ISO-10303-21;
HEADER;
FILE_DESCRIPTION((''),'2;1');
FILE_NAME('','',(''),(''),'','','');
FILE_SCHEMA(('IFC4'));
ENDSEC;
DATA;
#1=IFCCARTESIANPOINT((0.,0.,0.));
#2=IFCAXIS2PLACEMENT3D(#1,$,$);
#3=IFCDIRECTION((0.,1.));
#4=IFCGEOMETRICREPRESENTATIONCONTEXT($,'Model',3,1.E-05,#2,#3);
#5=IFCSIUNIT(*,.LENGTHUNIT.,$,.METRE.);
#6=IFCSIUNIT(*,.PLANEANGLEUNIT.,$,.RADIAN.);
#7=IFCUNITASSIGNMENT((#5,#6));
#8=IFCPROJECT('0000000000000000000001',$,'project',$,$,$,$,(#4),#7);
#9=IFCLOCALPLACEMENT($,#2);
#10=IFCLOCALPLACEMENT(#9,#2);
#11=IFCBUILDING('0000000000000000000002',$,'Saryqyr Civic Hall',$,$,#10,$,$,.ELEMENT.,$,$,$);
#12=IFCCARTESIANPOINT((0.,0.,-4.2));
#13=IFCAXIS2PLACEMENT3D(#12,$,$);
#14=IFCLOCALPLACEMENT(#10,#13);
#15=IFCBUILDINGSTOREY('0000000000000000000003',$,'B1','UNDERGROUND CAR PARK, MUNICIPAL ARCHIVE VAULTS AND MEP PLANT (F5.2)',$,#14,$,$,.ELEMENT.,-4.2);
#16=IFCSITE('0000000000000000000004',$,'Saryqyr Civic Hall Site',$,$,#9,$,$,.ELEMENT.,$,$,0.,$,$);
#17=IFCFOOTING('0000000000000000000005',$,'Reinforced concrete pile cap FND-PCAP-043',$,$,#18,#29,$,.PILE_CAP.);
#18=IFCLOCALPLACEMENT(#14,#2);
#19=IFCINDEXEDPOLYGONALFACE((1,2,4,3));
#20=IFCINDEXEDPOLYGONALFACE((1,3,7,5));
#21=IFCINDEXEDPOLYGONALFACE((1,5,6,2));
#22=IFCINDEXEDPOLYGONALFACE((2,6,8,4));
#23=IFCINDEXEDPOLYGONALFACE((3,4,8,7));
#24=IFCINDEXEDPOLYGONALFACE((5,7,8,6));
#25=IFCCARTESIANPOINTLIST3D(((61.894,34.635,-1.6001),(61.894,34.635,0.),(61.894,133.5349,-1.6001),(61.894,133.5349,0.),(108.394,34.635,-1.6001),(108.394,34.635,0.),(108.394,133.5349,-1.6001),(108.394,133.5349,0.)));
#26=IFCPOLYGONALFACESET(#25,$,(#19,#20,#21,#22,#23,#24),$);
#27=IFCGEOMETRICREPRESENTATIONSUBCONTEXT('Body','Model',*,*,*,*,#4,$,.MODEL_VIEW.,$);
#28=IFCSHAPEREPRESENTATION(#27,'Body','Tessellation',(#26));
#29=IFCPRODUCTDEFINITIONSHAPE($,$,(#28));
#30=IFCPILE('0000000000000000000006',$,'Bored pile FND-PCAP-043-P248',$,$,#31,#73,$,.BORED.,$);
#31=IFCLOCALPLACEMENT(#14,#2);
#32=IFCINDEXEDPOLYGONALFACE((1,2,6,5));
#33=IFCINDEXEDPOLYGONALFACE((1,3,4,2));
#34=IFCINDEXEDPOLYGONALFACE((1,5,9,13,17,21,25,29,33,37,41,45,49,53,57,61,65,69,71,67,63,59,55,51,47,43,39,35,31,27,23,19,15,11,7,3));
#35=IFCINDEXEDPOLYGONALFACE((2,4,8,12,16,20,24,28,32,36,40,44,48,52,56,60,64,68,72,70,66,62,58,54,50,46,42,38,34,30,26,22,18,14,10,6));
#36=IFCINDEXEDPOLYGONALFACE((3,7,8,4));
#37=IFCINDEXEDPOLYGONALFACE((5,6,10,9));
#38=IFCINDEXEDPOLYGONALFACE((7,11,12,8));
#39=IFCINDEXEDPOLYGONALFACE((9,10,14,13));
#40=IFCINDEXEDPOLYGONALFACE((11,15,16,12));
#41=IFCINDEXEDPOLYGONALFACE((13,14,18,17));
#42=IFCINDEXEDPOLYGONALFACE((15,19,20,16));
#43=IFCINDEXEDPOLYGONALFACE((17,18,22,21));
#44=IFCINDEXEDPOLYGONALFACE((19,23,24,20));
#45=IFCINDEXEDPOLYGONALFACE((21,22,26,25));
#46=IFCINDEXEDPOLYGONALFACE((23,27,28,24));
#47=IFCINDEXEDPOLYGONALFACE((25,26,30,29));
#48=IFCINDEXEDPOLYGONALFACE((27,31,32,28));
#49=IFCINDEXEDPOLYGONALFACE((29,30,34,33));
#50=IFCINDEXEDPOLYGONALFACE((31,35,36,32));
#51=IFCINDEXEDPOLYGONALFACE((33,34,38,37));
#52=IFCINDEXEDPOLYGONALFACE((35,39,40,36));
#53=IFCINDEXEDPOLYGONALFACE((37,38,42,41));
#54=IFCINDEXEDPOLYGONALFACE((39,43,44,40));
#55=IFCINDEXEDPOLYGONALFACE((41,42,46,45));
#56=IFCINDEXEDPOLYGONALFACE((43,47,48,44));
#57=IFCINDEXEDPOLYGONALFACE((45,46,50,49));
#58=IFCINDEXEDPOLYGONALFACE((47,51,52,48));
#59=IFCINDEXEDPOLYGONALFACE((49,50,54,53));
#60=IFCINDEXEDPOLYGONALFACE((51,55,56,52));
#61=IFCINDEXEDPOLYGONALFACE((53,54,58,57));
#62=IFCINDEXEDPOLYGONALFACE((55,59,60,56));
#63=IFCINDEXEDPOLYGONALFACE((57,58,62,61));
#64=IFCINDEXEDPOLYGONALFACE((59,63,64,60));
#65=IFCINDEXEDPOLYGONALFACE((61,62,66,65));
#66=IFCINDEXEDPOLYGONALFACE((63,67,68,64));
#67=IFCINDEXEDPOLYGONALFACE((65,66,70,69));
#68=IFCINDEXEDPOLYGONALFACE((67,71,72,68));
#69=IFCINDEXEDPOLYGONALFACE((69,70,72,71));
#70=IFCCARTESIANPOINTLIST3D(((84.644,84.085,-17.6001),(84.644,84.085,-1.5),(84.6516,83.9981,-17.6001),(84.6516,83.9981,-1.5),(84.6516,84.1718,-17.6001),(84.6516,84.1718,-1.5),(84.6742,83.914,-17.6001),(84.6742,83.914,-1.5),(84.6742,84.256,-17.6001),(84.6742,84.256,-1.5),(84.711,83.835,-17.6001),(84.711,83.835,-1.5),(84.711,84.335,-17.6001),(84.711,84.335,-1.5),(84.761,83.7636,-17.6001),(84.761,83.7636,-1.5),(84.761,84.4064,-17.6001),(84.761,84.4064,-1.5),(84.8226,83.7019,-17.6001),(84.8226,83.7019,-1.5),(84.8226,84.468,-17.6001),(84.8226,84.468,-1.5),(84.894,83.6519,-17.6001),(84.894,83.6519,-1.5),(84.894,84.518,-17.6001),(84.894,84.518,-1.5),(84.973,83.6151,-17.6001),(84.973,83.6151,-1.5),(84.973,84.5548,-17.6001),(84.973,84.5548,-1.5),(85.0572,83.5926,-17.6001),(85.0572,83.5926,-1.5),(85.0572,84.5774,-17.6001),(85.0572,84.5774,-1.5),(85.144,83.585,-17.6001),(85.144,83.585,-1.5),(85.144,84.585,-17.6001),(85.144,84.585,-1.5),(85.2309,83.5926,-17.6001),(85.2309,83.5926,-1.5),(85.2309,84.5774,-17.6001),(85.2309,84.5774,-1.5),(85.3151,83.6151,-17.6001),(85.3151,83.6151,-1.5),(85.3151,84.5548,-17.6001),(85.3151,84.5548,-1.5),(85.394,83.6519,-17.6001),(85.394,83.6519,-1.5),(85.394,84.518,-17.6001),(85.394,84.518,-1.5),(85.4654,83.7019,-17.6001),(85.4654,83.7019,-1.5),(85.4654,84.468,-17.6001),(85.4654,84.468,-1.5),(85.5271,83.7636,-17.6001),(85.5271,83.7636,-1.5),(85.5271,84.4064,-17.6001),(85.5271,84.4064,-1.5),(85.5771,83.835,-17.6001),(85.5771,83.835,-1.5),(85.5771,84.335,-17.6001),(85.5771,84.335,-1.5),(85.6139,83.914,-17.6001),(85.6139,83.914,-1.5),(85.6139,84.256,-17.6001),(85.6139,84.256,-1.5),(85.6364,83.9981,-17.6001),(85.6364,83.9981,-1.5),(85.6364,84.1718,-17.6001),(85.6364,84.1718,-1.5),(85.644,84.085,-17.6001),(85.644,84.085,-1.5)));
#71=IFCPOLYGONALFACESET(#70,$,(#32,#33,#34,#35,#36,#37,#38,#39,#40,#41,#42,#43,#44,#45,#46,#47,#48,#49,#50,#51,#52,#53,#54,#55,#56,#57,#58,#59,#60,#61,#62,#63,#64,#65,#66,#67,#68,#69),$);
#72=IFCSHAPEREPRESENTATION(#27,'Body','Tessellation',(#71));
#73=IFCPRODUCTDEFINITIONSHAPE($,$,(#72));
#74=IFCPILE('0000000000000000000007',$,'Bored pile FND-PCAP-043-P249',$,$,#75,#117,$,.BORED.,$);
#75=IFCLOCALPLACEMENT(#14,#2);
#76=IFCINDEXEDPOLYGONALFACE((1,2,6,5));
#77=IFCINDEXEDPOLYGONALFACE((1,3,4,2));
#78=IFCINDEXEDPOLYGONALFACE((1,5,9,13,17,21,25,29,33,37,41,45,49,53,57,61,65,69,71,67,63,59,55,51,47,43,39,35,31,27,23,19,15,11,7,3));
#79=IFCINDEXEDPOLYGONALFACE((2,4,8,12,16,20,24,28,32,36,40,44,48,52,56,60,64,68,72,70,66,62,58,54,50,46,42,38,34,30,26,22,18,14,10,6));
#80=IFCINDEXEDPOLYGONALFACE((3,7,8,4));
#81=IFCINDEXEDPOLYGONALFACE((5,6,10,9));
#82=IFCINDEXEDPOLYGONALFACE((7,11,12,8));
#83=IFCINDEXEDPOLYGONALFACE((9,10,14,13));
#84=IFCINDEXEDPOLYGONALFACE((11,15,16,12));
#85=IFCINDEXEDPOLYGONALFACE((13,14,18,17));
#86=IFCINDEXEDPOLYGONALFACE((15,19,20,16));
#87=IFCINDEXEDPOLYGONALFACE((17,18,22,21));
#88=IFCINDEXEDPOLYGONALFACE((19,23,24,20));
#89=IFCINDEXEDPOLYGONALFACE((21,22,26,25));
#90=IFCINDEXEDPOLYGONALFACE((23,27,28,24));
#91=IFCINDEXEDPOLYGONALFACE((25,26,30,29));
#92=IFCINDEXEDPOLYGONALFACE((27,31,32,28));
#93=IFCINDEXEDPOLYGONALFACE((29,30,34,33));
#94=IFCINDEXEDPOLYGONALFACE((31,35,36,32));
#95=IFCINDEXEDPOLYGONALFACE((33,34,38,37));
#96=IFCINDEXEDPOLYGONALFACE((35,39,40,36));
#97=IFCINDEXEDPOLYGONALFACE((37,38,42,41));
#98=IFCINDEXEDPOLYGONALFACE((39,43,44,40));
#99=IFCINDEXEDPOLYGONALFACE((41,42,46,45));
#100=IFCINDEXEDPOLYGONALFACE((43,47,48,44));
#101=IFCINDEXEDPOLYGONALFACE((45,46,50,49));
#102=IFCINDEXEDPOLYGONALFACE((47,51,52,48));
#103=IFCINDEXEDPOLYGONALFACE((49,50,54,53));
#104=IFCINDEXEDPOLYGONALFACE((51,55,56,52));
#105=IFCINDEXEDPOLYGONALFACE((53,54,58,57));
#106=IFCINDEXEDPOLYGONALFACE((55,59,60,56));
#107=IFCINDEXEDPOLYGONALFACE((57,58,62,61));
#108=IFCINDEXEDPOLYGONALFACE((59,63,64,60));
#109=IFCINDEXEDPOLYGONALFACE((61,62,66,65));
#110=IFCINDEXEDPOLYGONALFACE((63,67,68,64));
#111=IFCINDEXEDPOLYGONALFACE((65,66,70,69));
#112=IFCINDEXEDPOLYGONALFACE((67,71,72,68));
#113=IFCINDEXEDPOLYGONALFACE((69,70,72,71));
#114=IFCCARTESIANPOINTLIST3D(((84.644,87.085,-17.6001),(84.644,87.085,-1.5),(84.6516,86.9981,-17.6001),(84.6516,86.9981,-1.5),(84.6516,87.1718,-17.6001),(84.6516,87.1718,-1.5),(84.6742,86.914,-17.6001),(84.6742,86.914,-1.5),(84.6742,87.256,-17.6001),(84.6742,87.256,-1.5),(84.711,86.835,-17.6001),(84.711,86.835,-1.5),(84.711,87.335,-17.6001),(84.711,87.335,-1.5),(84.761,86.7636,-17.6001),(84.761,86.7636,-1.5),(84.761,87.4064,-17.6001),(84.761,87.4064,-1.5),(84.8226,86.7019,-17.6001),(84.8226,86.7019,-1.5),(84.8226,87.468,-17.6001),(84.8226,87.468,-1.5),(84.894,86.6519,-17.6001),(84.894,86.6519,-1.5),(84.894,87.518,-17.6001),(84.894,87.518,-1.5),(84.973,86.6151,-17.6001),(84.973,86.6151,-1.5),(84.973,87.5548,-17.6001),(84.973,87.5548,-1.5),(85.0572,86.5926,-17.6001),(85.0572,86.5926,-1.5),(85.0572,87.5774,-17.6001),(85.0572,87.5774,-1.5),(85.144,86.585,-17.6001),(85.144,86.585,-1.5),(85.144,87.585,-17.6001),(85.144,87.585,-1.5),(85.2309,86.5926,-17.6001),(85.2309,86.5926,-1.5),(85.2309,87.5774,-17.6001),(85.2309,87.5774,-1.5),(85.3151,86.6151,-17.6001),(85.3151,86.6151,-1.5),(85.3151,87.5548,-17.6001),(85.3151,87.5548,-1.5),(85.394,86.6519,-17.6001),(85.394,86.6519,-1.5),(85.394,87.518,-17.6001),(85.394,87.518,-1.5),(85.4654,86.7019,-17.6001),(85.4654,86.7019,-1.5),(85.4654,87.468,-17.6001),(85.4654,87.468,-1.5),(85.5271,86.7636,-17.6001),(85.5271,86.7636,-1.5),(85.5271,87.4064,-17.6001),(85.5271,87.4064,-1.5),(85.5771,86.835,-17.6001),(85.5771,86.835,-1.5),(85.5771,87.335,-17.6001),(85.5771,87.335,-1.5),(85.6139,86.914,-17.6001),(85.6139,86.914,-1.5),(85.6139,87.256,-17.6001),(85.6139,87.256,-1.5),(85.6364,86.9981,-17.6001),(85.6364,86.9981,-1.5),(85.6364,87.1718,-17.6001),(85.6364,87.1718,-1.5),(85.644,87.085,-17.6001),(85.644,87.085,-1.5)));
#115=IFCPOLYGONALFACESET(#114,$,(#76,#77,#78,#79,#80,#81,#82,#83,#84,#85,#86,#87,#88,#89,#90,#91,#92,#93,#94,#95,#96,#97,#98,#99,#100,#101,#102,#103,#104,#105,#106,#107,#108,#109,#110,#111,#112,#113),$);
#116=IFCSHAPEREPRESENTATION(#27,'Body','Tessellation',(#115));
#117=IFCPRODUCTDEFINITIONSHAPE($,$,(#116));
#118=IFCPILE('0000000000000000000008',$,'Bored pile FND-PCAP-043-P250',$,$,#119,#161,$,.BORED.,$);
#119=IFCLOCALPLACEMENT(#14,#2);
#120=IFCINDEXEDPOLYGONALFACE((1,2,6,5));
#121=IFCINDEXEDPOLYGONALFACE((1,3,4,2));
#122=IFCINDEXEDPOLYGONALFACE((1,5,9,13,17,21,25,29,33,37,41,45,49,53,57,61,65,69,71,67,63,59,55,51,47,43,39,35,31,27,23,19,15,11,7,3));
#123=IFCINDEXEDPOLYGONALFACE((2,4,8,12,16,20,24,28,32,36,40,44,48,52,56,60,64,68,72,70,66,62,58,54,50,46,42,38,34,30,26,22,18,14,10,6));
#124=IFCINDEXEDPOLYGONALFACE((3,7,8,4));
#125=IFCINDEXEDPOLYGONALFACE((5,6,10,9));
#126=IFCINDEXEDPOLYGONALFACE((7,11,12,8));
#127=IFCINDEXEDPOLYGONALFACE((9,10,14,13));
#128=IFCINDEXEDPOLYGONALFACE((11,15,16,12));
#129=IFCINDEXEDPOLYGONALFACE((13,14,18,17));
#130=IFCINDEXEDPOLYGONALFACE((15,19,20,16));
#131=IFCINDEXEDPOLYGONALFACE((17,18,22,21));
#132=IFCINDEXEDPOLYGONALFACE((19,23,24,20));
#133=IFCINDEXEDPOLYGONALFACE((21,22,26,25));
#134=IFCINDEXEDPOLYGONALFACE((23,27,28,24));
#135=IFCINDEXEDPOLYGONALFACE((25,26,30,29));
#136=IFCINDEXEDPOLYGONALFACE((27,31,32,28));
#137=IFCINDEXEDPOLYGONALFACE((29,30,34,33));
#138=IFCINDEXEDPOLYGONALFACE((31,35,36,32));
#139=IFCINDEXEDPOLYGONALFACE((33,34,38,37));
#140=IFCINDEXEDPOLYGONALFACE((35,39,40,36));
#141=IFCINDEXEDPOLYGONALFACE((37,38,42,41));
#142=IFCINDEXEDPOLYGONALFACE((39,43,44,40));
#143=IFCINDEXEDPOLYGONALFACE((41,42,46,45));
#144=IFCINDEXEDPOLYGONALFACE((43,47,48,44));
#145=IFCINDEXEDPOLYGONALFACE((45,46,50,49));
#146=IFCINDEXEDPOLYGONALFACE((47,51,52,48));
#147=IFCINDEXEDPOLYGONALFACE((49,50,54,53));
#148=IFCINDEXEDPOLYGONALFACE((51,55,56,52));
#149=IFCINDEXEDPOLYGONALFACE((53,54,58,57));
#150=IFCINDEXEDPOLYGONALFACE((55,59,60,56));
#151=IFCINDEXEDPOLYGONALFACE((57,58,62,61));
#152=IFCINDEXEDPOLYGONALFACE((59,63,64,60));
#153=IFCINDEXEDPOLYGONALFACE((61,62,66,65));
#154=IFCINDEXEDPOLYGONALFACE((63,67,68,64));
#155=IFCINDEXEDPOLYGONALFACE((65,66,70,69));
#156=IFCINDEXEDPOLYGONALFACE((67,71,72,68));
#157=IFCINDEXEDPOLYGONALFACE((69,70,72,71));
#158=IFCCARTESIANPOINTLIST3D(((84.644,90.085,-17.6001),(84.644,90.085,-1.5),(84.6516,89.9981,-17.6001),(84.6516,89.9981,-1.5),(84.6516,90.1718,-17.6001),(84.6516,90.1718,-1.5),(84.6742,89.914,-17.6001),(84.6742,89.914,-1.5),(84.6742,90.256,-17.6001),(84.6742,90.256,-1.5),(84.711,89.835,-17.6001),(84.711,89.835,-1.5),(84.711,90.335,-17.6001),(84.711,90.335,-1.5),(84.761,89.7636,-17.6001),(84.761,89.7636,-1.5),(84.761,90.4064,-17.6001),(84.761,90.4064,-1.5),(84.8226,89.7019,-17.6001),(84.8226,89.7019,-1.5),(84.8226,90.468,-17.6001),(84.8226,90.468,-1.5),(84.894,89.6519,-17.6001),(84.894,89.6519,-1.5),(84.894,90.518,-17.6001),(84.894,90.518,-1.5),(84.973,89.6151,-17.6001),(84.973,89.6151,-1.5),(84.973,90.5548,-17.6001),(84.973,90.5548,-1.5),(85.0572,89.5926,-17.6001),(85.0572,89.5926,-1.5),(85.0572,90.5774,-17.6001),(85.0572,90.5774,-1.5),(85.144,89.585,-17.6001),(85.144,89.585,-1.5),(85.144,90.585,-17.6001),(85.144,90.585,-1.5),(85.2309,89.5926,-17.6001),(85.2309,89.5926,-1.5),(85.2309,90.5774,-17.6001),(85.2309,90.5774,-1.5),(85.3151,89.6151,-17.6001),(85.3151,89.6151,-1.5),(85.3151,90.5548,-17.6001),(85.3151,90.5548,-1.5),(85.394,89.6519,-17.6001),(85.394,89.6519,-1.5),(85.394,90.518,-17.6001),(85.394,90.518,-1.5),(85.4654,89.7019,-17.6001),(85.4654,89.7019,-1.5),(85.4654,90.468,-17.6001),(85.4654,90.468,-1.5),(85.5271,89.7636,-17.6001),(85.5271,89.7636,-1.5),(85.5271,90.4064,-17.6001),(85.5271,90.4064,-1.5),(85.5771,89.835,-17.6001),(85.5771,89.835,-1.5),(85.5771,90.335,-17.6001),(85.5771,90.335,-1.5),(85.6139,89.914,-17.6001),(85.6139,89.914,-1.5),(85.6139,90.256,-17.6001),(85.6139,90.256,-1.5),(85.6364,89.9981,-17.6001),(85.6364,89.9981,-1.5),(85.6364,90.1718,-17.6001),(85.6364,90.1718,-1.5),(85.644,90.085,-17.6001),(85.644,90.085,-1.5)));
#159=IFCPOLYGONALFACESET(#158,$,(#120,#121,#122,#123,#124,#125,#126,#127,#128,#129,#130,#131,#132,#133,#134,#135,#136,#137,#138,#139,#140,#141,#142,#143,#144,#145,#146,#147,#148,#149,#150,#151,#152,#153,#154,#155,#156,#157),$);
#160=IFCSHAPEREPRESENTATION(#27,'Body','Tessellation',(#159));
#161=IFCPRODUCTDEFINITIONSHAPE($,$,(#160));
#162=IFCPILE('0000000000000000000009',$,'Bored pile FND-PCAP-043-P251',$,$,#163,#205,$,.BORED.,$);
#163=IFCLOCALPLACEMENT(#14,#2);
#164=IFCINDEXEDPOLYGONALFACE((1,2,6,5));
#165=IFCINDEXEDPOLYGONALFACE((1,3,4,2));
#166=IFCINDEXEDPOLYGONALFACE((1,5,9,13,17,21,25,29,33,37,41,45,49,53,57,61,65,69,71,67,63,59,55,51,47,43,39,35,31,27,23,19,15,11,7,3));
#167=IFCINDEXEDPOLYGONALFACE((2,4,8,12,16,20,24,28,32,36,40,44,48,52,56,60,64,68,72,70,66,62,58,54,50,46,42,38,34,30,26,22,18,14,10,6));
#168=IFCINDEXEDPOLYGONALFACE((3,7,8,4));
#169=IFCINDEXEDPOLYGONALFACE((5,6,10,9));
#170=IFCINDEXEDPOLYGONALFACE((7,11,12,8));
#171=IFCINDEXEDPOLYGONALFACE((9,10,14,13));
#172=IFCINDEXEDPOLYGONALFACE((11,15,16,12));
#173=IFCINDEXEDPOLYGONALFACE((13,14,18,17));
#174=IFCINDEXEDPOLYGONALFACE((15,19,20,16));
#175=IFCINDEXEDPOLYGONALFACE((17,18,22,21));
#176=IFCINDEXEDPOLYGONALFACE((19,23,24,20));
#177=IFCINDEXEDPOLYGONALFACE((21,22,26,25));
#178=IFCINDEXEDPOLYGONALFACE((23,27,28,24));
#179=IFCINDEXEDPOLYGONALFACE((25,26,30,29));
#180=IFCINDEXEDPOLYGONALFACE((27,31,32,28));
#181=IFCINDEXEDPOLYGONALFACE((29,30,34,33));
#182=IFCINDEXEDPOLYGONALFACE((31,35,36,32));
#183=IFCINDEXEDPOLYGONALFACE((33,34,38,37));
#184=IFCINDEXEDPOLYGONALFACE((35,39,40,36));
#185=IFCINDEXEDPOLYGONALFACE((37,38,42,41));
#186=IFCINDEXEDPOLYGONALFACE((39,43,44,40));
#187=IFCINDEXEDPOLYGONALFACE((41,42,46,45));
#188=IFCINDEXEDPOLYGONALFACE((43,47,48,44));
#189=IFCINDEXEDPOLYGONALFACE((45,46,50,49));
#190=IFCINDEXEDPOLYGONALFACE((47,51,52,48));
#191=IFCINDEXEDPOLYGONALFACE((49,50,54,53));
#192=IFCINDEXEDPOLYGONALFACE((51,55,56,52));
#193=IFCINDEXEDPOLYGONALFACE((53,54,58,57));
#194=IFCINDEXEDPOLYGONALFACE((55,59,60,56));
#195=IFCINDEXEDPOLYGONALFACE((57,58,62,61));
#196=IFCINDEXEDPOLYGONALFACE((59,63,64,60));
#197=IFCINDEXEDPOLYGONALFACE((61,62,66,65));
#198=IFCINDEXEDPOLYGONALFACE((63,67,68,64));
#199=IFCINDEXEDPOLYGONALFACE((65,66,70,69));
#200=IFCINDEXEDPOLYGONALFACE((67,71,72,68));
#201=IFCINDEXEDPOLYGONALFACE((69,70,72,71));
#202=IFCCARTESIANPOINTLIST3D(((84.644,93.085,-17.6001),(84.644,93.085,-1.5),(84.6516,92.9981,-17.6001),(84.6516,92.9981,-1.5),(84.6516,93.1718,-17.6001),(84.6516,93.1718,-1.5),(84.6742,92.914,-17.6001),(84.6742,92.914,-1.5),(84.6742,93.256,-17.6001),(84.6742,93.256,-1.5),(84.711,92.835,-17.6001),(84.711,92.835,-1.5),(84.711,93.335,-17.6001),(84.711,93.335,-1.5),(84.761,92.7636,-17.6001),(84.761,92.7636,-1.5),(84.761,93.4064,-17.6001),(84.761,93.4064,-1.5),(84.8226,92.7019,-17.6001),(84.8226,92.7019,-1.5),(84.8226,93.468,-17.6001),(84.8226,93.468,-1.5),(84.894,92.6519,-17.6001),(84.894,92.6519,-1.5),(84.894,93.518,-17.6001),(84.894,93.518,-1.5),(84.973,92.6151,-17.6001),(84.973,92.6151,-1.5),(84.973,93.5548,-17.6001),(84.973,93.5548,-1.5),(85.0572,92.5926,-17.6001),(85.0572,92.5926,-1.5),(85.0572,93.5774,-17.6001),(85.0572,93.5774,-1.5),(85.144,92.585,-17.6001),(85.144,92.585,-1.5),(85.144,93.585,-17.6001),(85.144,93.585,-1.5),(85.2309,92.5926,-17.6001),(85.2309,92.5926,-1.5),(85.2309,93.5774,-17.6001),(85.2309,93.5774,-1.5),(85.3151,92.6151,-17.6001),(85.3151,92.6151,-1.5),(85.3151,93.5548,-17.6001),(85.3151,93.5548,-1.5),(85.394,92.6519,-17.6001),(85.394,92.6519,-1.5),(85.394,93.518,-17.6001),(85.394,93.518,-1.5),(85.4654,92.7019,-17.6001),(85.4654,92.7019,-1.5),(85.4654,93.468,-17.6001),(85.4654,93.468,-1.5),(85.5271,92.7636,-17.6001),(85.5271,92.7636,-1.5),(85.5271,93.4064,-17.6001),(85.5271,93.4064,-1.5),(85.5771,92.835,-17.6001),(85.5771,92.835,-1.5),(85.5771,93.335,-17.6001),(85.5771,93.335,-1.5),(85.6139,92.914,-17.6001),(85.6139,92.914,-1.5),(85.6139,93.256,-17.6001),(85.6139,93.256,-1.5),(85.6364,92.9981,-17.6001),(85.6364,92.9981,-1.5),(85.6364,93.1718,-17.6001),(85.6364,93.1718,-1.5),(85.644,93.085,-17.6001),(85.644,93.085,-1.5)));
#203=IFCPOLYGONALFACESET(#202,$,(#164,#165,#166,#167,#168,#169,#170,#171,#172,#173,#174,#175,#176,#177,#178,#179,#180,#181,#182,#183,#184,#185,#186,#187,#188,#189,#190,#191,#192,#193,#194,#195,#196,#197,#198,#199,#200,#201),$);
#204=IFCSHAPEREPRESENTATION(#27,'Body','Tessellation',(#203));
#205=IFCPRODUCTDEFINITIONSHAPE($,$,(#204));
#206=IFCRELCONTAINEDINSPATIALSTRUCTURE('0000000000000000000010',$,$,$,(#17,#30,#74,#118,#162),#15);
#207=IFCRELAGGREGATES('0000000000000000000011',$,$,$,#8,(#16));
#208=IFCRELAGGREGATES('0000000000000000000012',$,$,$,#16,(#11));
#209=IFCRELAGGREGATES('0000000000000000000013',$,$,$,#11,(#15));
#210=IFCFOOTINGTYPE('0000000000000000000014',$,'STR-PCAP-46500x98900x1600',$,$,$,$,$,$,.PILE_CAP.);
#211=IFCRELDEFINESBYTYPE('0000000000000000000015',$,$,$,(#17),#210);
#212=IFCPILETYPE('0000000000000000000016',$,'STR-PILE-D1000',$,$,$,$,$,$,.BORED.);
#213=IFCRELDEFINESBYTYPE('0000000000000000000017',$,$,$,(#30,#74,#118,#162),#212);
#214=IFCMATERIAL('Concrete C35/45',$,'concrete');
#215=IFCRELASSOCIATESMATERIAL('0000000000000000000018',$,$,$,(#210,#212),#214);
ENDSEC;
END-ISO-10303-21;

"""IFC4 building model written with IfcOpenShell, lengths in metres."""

from ifc_helpers import new_model, si_unit, direction, frame, origin, origin_2d, place, context, subcontext, project, spatial, rectangle, circle, extrude, material, material_profile, profile_set, type_object, element, save


model = new_model("IFC4")

# Units and contexts
model_context = context("Model", 3, precision=1e-05, world=origin(), true_north=direction((0.0, 1.0)))
body_context = subcontext(model_context, "Body", "Model", "MODEL_VIEW")
ifc_project = project(units=[si_unit("LENGTHUNIT", "METRE"), si_unit("PLANEANGLEUNIT", "RADIAN")], contexts=[model_context])

# Site, building, storey
site_placement = place(None, origin())
site = spatial("IfcSite", under=ifc_project, at=site_placement, Name="Saryqyr Civic Hall Site", CompositionType="ELEMENT", RefElevation=0.0)
building_placement = place(site_placement, origin())
building = spatial("IfcBuilding", under=site, at=building_placement, Name="Saryqyr Civic Hall", CompositionType="ELEMENT")
storey_placement = place(building_placement, frame((0.0, 0.0, -4.2)))
storey = spatial("IfcBuildingStorey", under=building, at=storey_placement, Name="B1", Description="UNDERGROUND CAR PARK, MUNICIPAL ARCHIVE VAULTS AND MEP PLANT (F5.2)", CompositionType="ELEMENT", Elevation=-4.2)

# Footing
ifc_material_1 = material(Name="Concrete C35/45", Category="concrete")
footing_type = type_object("IfcFootingType", Name="STR-PCAP-46500x98900x1600", PredefinedType="PILE_CAP", material=ifc_material_1)
footing_placement = place(storey_placement, frame((85.144, 84.085, -1.6001), z_axis=(0.0, 0.0, 1.0), x_axis=(1.0, 0.0, 0.0)))
element("IfcFooting", 1, at=footing_placement, inside=storey, type_object=footing_type, Name="Reinforced concrete pile cap FND-PCAP-043", PredefinedType="PILE_CAP", context=body_context, shape_type="SweptSolid", body=[
    extrude(rectangle(XDim=46.5, YDim=98.8999, at=origin_2d()), origin(), (0.0, 0.0, 1.0), 1.6001),
])

# Piles
ifc_material_profile_1 = material_profile(ifc_material_1, circle(Radius=0.5, at=origin_2d()), Name="BORED PILE D1000")
ifc_profile_set_1 = profile_set([ifc_material_profile_1], Name="Concrete C35/45")
pile_type = type_object("IfcPileType", Name="STR-PILE-D1000", PredefinedType="BORED", material=ifc_profile_set_1)
for number, where, z_axis, x_axis, name in (
    (2, (85.144, 84.085, -1.5), (0.0, 0.0, -1.0), (1.0, 0.0, 0.0), "Bored pile FND-PCAP-043-P248"),
    (3, (85.144, 87.085, -1.5), (0.0, 0.0, -1.0), (1.0, 0.0, 0.0), "Bored pile FND-PCAP-043-P249"),
    (4, (85.144, 90.085, -1.5), (0.0, 0.0, -1.0), (1.0, 0.0, 0.0), "Bored pile FND-PCAP-043-P250"),
    (5, (85.144, 93.085, -1.5), (0.0, 0.0, -1.0), (1.0, 0.0, 0.0), "Bored pile FND-PCAP-043-P251"),
):
    element("IfcPile", number, at=place(storey_placement, frame(where, z_axis=z_axis, x_axis=x_axis)), inside=storey, type_object=pile_type, Name=name, PredefinedType="BORED", context=body_context, shape_type="SweptSolid", body=[
        extrude(circle(Radius=0.5, at=origin_2d()), origin(), (0.0, 0.0, 1.0), 16.1001),
    ])

save(model, "model.ifc")
